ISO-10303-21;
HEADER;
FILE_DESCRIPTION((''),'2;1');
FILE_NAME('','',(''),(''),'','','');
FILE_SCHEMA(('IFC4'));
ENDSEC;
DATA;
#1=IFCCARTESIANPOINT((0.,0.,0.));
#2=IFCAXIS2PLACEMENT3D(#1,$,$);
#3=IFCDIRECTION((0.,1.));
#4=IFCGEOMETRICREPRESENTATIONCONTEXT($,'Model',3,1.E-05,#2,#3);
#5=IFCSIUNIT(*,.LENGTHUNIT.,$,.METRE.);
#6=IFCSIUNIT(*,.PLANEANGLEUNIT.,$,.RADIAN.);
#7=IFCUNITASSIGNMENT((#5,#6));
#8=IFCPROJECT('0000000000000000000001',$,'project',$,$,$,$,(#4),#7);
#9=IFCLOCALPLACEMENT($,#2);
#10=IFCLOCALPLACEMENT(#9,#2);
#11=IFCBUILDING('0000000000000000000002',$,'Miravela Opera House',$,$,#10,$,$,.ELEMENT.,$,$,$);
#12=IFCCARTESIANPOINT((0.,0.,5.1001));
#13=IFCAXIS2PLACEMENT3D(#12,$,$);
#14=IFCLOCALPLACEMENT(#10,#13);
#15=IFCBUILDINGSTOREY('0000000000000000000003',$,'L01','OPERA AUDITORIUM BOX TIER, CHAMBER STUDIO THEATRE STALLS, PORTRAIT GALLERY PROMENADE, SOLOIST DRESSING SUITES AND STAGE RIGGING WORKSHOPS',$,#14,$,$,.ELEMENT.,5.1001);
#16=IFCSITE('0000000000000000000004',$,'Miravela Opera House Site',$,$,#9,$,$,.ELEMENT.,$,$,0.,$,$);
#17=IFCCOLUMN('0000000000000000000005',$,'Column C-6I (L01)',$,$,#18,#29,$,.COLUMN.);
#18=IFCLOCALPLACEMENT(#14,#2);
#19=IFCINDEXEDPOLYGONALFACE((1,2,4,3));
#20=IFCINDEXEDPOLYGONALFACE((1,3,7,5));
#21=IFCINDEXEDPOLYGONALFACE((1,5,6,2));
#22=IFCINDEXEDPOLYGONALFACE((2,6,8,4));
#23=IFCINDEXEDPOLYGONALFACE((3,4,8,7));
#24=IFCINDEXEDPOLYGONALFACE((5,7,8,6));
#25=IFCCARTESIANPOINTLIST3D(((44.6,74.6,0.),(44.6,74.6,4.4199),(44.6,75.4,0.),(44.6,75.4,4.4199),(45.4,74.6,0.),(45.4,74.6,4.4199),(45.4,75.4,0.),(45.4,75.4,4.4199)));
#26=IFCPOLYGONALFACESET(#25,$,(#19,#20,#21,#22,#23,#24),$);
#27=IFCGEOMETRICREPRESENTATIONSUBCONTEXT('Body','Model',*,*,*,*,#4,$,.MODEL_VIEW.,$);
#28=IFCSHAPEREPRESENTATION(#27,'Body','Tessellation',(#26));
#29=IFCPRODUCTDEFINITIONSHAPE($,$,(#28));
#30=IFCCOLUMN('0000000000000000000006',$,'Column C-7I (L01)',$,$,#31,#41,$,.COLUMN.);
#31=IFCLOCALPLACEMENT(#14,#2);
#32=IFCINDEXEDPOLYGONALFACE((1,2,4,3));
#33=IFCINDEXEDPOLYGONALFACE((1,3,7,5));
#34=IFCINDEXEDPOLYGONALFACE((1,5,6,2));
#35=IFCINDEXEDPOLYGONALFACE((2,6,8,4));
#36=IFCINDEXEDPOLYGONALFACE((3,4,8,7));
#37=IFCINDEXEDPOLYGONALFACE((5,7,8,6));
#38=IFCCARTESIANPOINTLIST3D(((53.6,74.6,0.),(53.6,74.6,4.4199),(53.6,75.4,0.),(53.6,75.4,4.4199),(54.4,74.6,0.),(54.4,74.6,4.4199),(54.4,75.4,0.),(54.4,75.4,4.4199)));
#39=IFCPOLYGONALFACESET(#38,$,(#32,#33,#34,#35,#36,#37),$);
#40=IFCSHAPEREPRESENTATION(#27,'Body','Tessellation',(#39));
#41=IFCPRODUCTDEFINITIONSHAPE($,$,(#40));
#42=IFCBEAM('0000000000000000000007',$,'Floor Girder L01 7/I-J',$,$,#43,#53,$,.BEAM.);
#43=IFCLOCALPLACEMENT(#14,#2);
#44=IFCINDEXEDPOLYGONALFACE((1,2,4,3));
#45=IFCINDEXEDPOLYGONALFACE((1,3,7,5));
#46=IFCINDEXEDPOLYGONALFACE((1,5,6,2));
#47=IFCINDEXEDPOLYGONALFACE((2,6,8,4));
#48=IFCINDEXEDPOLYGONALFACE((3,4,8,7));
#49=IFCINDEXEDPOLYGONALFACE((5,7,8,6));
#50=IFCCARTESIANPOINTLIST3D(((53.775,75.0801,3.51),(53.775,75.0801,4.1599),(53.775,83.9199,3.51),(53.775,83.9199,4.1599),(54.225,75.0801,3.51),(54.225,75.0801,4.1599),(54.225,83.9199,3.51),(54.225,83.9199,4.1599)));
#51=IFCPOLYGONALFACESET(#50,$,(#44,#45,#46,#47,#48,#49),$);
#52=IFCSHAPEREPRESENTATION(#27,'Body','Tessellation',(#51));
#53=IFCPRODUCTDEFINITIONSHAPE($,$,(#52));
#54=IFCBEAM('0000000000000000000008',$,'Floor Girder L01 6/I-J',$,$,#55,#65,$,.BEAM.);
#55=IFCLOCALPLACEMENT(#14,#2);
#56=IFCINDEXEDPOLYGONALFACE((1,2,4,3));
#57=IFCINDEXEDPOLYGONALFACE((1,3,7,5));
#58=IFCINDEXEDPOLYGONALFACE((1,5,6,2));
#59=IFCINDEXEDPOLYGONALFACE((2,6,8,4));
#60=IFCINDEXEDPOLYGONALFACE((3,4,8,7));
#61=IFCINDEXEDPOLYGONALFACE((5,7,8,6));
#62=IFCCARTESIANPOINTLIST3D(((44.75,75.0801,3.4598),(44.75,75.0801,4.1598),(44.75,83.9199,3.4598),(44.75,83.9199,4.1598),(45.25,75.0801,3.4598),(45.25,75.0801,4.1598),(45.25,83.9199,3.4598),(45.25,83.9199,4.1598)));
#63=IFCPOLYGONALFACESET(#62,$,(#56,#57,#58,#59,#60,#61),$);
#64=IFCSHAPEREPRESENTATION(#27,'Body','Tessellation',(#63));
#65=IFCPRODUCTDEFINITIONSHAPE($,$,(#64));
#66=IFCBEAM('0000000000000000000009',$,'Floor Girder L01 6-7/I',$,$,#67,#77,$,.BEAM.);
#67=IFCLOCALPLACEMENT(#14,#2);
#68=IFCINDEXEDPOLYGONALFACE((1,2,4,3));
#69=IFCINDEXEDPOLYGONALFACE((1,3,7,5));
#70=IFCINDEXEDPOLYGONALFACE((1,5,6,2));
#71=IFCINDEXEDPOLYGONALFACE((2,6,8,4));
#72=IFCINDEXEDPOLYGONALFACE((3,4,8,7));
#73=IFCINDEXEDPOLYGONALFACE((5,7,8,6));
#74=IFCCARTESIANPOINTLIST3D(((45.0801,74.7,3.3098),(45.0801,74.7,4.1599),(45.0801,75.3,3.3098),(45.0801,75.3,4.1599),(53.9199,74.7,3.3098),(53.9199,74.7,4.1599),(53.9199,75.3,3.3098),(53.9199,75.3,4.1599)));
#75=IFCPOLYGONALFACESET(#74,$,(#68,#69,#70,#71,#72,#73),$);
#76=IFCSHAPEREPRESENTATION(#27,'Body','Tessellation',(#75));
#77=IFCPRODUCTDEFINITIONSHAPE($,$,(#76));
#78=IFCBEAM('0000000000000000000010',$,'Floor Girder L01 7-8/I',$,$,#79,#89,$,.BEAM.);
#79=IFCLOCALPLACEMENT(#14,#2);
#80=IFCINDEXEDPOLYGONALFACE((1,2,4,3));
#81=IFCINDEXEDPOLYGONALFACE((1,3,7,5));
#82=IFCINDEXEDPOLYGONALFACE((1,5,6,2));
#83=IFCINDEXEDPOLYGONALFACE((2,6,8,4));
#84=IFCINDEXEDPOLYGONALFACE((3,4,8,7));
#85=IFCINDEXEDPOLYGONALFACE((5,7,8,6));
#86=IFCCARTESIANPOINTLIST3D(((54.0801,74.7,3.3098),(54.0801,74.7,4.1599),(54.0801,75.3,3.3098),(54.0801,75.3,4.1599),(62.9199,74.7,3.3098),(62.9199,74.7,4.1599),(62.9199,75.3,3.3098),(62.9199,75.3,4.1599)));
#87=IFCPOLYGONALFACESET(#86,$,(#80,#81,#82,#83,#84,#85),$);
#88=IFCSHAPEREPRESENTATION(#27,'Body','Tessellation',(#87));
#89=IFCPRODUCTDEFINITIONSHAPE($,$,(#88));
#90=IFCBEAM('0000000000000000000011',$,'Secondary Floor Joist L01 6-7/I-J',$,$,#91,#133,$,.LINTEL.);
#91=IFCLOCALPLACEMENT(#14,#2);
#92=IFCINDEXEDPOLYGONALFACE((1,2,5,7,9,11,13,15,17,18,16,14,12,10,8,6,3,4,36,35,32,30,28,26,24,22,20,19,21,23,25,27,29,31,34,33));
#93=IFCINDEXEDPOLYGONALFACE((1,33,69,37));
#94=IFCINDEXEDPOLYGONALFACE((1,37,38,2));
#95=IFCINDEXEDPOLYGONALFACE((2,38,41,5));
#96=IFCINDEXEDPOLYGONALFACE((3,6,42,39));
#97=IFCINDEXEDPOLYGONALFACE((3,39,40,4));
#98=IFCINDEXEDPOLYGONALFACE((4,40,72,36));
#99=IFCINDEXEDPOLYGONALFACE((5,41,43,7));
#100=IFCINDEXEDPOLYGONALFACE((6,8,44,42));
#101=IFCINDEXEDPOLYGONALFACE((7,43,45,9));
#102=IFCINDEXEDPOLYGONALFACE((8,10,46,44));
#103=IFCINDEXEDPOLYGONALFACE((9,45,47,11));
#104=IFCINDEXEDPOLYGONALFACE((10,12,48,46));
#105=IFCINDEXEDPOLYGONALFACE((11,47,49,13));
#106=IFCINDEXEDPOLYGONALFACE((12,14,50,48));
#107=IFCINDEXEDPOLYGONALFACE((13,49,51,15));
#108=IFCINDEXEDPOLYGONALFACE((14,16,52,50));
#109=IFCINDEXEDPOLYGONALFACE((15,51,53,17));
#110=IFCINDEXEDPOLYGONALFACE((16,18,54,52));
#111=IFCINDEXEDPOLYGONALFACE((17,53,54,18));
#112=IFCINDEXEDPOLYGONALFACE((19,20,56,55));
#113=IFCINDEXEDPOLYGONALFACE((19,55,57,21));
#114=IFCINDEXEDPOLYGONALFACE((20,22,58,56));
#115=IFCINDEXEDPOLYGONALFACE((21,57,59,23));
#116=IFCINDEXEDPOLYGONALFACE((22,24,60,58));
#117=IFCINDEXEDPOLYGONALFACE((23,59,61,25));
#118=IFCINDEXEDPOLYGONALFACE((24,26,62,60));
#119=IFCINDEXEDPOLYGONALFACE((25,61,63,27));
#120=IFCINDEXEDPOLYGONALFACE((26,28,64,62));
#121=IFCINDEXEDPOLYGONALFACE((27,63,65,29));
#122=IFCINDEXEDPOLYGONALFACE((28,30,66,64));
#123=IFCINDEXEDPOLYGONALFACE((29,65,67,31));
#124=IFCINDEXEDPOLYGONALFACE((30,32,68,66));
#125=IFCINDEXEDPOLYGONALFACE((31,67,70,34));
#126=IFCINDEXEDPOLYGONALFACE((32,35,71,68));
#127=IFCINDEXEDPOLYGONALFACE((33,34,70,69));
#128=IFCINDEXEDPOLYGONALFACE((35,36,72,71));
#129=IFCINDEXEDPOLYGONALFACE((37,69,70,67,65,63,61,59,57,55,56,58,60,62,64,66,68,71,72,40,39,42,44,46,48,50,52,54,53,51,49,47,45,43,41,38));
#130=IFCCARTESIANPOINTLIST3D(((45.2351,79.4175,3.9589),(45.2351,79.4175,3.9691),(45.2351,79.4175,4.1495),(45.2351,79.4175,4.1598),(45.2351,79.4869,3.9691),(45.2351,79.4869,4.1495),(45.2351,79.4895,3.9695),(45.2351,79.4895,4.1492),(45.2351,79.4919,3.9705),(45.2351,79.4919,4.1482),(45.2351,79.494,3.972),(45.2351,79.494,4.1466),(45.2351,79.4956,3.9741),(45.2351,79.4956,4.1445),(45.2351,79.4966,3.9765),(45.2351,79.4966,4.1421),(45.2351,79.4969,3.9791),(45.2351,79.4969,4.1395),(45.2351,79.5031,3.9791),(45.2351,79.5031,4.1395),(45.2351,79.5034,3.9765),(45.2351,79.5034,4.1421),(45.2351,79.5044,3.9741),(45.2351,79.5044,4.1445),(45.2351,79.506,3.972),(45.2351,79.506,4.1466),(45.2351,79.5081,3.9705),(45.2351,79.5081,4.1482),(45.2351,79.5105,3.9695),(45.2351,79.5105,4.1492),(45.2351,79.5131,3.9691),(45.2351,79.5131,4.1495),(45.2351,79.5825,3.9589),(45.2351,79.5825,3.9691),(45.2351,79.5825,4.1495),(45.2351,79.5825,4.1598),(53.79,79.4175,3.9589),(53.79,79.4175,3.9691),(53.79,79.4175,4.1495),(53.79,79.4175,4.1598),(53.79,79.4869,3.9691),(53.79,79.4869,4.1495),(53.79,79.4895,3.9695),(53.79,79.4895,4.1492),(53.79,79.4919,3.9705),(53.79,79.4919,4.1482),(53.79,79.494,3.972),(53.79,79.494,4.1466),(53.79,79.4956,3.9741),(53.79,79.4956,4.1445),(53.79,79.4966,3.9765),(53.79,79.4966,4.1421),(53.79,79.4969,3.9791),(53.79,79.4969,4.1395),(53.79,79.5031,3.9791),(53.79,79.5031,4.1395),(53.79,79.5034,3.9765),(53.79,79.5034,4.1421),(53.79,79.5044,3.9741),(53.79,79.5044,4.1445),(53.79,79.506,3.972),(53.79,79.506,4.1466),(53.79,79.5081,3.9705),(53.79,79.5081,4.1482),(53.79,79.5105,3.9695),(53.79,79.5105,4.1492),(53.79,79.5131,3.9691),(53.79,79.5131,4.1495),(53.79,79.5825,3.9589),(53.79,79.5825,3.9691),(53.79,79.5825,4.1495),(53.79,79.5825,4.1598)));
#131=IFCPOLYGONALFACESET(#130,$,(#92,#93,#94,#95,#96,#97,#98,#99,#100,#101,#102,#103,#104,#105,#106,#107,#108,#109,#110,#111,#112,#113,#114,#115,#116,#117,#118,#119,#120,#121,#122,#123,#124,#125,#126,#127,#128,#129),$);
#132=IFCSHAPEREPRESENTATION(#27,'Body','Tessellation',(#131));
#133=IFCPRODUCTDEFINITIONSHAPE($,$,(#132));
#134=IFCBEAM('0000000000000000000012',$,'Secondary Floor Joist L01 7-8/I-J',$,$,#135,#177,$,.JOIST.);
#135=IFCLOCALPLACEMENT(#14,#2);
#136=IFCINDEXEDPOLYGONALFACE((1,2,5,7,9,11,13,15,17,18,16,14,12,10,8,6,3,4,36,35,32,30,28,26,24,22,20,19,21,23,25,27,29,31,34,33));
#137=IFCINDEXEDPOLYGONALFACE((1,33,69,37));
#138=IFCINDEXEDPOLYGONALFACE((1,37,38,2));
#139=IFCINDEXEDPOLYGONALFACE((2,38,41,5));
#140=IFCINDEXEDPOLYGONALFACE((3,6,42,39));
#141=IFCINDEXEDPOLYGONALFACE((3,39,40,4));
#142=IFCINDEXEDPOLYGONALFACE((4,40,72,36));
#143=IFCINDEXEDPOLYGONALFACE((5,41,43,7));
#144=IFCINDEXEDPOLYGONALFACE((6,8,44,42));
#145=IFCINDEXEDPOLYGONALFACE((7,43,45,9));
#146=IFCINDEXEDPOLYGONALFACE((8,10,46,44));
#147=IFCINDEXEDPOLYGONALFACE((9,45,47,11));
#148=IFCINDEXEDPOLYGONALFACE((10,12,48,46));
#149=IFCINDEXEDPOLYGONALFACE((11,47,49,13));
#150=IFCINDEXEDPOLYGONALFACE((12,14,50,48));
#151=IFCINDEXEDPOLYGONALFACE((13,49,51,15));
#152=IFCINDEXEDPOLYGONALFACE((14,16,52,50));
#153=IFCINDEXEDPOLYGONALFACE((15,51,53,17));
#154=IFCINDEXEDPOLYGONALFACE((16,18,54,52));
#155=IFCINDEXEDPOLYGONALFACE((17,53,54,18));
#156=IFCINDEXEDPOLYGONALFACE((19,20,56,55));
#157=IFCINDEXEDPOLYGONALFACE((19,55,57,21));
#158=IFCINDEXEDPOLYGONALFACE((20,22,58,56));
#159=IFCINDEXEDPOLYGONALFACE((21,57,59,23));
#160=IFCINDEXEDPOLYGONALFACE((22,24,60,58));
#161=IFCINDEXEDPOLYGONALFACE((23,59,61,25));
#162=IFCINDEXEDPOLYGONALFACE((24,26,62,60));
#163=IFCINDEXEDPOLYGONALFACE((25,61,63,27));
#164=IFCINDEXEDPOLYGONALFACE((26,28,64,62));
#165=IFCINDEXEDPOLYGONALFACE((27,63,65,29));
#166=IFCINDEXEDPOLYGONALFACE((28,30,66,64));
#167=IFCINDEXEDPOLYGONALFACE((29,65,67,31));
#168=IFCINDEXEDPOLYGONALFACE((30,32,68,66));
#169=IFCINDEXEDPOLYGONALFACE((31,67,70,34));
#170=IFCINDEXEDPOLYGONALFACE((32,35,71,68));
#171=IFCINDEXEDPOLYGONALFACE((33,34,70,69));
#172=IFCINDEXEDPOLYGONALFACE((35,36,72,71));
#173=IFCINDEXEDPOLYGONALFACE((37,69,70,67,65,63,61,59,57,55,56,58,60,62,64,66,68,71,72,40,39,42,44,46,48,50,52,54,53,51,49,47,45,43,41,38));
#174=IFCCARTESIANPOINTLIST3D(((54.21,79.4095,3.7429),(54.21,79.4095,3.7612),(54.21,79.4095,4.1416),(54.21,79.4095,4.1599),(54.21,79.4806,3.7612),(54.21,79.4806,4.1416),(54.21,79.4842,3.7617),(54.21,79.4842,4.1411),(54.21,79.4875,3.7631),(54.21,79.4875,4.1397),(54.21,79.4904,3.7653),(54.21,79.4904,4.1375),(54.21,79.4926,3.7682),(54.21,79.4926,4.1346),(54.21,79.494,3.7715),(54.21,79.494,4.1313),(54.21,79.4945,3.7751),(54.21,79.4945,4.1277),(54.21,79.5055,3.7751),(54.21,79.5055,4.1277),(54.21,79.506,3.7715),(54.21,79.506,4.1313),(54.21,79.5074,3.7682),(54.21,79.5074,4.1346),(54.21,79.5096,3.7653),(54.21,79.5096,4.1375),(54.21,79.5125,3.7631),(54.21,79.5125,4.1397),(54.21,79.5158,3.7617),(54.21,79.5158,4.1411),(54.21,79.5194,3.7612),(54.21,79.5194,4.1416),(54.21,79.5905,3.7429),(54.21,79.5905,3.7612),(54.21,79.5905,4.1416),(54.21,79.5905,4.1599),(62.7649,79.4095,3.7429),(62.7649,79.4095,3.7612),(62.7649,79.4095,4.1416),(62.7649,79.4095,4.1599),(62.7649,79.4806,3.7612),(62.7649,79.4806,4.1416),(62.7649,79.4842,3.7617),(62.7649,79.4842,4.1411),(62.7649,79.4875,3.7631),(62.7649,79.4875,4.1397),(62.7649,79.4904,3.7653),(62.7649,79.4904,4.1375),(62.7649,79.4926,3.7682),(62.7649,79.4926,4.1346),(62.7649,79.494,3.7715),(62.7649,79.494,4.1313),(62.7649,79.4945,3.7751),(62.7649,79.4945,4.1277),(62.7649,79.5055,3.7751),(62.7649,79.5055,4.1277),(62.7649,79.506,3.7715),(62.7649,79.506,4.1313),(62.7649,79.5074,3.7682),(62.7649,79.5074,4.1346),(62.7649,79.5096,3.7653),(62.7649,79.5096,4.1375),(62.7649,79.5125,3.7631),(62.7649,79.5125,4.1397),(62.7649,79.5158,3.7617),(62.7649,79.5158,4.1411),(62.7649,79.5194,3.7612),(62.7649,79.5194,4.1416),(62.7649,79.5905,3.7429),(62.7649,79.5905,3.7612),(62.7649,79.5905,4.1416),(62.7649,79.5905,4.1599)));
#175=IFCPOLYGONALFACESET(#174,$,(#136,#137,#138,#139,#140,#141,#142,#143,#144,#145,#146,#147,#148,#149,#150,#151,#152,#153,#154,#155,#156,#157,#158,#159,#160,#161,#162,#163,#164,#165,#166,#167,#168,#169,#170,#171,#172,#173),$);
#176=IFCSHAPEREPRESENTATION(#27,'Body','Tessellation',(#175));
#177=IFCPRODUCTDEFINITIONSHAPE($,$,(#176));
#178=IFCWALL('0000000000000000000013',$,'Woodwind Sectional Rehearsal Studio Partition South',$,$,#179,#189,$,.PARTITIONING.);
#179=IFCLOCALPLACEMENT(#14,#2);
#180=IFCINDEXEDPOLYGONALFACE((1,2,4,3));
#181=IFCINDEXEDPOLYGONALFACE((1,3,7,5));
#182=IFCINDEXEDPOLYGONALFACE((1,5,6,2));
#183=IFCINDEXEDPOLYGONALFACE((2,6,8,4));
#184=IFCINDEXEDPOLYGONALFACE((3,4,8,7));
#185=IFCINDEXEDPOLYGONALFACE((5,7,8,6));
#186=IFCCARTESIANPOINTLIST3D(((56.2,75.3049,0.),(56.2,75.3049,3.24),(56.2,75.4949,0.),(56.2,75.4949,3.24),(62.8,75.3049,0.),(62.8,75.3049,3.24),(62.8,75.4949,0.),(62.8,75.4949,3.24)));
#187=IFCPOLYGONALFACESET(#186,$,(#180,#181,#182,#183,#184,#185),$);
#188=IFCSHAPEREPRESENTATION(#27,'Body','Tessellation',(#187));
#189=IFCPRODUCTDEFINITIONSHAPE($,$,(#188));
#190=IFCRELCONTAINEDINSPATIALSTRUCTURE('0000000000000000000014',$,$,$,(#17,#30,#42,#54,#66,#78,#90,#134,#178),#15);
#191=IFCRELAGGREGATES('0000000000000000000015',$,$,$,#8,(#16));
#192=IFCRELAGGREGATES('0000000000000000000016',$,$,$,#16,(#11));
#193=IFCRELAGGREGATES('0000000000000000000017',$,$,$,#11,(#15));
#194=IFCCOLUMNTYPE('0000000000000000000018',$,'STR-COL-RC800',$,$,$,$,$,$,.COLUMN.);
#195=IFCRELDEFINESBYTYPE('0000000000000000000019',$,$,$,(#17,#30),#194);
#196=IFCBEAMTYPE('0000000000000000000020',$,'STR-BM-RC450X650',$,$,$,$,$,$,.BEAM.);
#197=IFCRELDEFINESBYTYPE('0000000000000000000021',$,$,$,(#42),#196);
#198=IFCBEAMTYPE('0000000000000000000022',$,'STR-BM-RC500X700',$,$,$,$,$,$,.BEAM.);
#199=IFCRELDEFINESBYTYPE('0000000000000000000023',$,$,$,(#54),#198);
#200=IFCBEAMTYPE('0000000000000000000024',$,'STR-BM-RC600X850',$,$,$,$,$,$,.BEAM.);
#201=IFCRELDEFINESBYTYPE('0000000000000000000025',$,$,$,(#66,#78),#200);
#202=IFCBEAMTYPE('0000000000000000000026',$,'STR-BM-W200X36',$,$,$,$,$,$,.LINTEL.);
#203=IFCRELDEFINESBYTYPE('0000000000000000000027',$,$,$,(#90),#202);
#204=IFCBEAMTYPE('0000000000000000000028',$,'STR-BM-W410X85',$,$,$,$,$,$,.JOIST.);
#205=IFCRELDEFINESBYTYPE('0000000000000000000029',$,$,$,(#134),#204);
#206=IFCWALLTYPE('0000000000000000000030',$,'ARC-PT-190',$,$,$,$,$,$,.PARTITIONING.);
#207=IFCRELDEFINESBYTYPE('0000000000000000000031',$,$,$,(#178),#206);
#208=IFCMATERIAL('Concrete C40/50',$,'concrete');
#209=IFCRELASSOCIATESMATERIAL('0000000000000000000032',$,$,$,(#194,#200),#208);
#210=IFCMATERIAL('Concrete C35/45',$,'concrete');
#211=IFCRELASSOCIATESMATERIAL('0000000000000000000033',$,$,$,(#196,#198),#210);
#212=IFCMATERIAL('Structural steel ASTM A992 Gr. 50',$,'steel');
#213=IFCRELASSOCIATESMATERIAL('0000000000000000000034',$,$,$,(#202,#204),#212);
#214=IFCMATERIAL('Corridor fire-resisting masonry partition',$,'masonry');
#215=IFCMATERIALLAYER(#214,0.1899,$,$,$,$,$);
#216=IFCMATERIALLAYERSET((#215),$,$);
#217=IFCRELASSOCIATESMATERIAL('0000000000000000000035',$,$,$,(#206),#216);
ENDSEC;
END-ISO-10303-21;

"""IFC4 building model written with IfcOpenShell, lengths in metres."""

from ifc_helpers import new_model, si_unit, direction, frame, frame_2d, origin, origin_2d, place, context, subcontext, project, spatial, rectangle, i_section, extrude, material, layer, layer_set, material_profile, profile_set, type_object, element, save


model = new_model("IFC4")

# Units and contexts
model_context = context("Model", 3, precision=1e-05, world=origin(), true_north=direction((0.0, 1.0)))
body_context = subcontext(model_context, "Body", "Model", "MODEL_VIEW")
ifc_project = project(units=[si_unit("LENGTHUNIT", "METRE"), si_unit("PLANEANGLEUNIT", "RADIAN")], contexts=[model_context])

# Site, building, storey
site_placement = place(None, origin())
site = spatial("IfcSite", under=ifc_project, at=site_placement, Name="Miravela Opera House Site", CompositionType="ELEMENT", RefElevation=0.0)
building_placement = place(site_placement, origin())
building = spatial("IfcBuilding", under=site, at=building_placement, Name="Miravela Opera House", CompositionType="ELEMENT")
storey_placement = place(building_placement, frame((0.0, 0.0, 5.1001)))
storey = spatial("IfcBuildingStorey", under=building, at=storey_placement, Name="L01", Description="OPERA AUDITORIUM BOX TIER, CHAMBER STUDIO THEATRE STALLS, PORTRAIT GALLERY PROMENADE, SOLOIST DRESSING SUITES AND STAGE RIGGING WORKSHOPS", CompositionType="ELEMENT", Elevation=5.1001)

# Columns
ifc_material_1 = material(Name="Concrete C40/50", Category="concrete")
ifc_material_profile_1 = material_profile(ifc_material_1, rectangle(XDim=0.8, YDim=0.8, at=origin_2d()), Name="RC-COL-800X800")
ifc_profile_set_1 = profile_set([ifc_material_profile_1])
column_type_1 = type_object("IfcColumnType", Name="STR-COL-RC800", PredefinedType="COLUMN", material=ifc_profile_set_1)
for number, where, z_axis, x_axis, name in (
    (1, (45.0, 75.0, 0.0), (0.0, 0.0, 1.0), (1.0, 0.0, 0.0), "Column C-6I (L01)"),
    (2, (54.0, 75.0, 0.0), (0.0, 0.0, 1.0), (1.0, 0.0, 0.0), "Column C-7I (L01)"),
):
    element("IfcColumn", number, at=place(storey_placement, frame(where, z_axis=z_axis, x_axis=x_axis)), inside=storey, type_object=column_type_1, Name=name, PredefinedType="COLUMN", context=body_context, shape_type="SweptSolid", body=[
        extrude(rectangle(XDim=0.8, YDim=0.8, at=origin_2d()), origin(), (0.0, 0.0, 1.0), 4.4199),
    ])

# Beams
ifc_material_2 = material(Name="Concrete C35/45", Category="concrete")
ifc_material_profile_2 = material_profile(ifc_material_2, rectangle(XDim=0.45, YDim=0.6499, at=origin_2d()), Name="RC-BM-450X650")
ifc_profile_set_2 = profile_set([ifc_material_profile_2])
beam_type_1 = type_object("IfcBeamType", Name="STR-BM-RC450X650", PredefinedType="BEAM", material=ifc_profile_set_2)
beam_1_placement = place(storey_placement, frame((54.0, 75.0801, 3.835), z_axis=(0.0, 1.0, 0.0), x_axis=(-1.0, 0.0, 0.0)))
element("IfcBeam", 3, at=beam_1_placement, inside=storey, type_object=beam_type_1, Name="Floor Girder L01 7/I-J", PredefinedType="BEAM", context=body_context, shape_type="SweptSolid", body=[
    extrude(rectangle(XDim=0.45, YDim=0.6499, at=origin_2d()), origin(), (0.0, 0.0, 1.0), 8.8398),
])
ifc_material_profile_3 = material_profile(ifc_material_2, rectangle(XDim=0.5, YDim=0.7, at=origin_2d()), Name="RC-BM-500X700")
ifc_profile_set_3 = profile_set([ifc_material_profile_3])
beam_type_2 = type_object("IfcBeamType", Name="STR-BM-RC500X700", PredefinedType="BEAM", material=ifc_profile_set_3)
beam_2_placement = place(storey_placement, frame((45.0, 75.0801, 3.8098), z_axis=(0.0, 1.0, 0.0), x_axis=(-1.0, 0.0, 0.0)))
element("IfcBeam", 4, at=beam_2_placement, inside=storey, type_object=beam_type_2, Name="Floor Girder L01 6/I-J", PredefinedType="BEAM", context=body_context, shape_type="SweptSolid", body=[
    extrude(rectangle(XDim=0.5, YDim=0.7, at=origin_2d()), origin(), (0.0, 0.0, 1.0), 8.8398),
])
ifc_material_profile_4 = material_profile(ifc_material_1, rectangle(XDim=0.6001, YDim=0.8501, at=origin_2d()), Name="RC-BM-600X850")
ifc_profile_set_4 = profile_set([ifc_material_profile_4])
beam_type_3 = type_object("IfcBeamType", Name="STR-BM-RC600X850", PredefinedType="BEAM", material=ifc_profile_set_4)
for number, where, z_axis, x_axis, name in (
    (5, (45.0801, 75.0, 3.7349), (1.0, 0.0, 0.0), (0.0, 1.0, 0.0), "Floor Girder L01 6-7/I"),
    (6, (54.0801, 75.0, 3.7349), (1.0, 0.0, 0.0), (0.0, 1.0, 0.0), "Floor Girder L01 7-8/I"),
):
    element("IfcBeam", number, at=place(storey_placement, frame(where, z_axis=z_axis, x_axis=x_axis)), inside=storey, type_object=beam_type_3, Name=name, PredefinedType="BEAM", context=body_context, shape_type="SweptSolid", body=[
        extrude(rectangle(XDim=0.6001, YDim=0.8501, at=origin_2d()), origin(), (0.0, 0.0, 1.0), 8.8398),
    ])
ifc_material_3 = material(Name="Structural steel ASTM A992 Gr. 50", Category="steel")
ifc_material_profile_5 = material_profile(ifc_material_3, i_section(OverallWidth=0.165, OverallDepth=0.2009, WebThickness=0.0061, FlangeThickness=0.0103, FilletRadius=0.01, at=origin_2d()), Name="W200X36")
ifc_profile_set_5 = profile_set([ifc_material_profile_5])
beam_type_4 = type_object("IfcBeamType", Name="STR-BM-W200X36", PredefinedType="LINTEL", material=ifc_profile_set_5)
beam_3_placement = place(storey_placement, frame((45.2351, 79.5, 4.0593), z_axis=(1.0, 0.0, 0.0), x_axis=(0.0, 1.0, 0.0)))
element("IfcBeam", 7, at=beam_3_placement, inside=storey, type_object=beam_type_4, Name="Secondary Floor Joist L01 6-7/I-J", PredefinedType="LINTEL", context=body_context, shape_type="SweptSolid", body=[
    extrude(i_section(OverallWidth=0.165, OverallDepth=0.2009, WebThickness=0.0061, FlangeThickness=0.0103, FilletRadius=0.01, at=origin_2d()), origin(), (0.0, 0.0, 1.0), 8.5549),
])
ifc_material_profile_6 = material_profile(ifc_material_3, i_section(OverallWidth=0.1809, OverallDepth=0.417, WebThickness=0.011, FlangeThickness=0.0183, FilletRadius=0.0139, at=origin_2d()), Name="W410X85")
ifc_profile_set_6 = profile_set([ifc_material_profile_6])
beam_type_5 = type_object("IfcBeamType", Name="STR-BM-W410X85", PredefinedType="JOIST", material=ifc_profile_set_6)
beam_4_placement = place(storey_placement, frame((54.21, 79.5, 3.9514), z_axis=(1.0, 0.0, 0.0), x_axis=(0.0, 1.0, 0.0)))
element("IfcBeam", 8, at=beam_4_placement, inside=storey, type_object=beam_type_5, Name="Secondary Floor Joist L01 7-8/I-J", PredefinedType="JOIST", context=body_context, shape_type="SweptSolid", body=[
    extrude(i_section(OverallWidth=0.1809, OverallDepth=0.417, WebThickness=0.011, FlangeThickness=0.0183, FilletRadius=0.0139, at=origin_2d()), origin(), (0.0, 0.0, 1.0), 8.5549),
])

# Wall
ifc_material_4 = material(Name="Corridor fire-resisting masonry partition", Category="masonry")
ifc_layer_1 = layer(ifc_material_4, 0.1899)
ifc_layer_set_1 = layer_set([ifc_layer_1])
wall_type_1 = type_object("IfcWallType", Name="ARC-PT-190", PredefinedType="PARTITIONING", material=ifc_layer_set_1)
wall_1_placement = place(storey_placement, frame((56.2, 75.3999, 0.0), z_axis=(0.0, 0.0, 1.0), x_axis=(1.0, 0.0, 0.0)))
element("IfcWall", 9, at=wall_1_placement, inside=storey, type_object=wall_type_1, Name="Woodwind Sectional Rehearsal Studio Partition South", PredefinedType="PARTITIONING", context=body_context, shape_type="SweptSolid", body=[
    extrude(rectangle(XDim=6.6001, YDim=0.1899, at=frame_2d((3.3, 0.0))), origin(), (0.0, 0.0, 1.0), 3.24),
])

save(model, "model.ifc")
